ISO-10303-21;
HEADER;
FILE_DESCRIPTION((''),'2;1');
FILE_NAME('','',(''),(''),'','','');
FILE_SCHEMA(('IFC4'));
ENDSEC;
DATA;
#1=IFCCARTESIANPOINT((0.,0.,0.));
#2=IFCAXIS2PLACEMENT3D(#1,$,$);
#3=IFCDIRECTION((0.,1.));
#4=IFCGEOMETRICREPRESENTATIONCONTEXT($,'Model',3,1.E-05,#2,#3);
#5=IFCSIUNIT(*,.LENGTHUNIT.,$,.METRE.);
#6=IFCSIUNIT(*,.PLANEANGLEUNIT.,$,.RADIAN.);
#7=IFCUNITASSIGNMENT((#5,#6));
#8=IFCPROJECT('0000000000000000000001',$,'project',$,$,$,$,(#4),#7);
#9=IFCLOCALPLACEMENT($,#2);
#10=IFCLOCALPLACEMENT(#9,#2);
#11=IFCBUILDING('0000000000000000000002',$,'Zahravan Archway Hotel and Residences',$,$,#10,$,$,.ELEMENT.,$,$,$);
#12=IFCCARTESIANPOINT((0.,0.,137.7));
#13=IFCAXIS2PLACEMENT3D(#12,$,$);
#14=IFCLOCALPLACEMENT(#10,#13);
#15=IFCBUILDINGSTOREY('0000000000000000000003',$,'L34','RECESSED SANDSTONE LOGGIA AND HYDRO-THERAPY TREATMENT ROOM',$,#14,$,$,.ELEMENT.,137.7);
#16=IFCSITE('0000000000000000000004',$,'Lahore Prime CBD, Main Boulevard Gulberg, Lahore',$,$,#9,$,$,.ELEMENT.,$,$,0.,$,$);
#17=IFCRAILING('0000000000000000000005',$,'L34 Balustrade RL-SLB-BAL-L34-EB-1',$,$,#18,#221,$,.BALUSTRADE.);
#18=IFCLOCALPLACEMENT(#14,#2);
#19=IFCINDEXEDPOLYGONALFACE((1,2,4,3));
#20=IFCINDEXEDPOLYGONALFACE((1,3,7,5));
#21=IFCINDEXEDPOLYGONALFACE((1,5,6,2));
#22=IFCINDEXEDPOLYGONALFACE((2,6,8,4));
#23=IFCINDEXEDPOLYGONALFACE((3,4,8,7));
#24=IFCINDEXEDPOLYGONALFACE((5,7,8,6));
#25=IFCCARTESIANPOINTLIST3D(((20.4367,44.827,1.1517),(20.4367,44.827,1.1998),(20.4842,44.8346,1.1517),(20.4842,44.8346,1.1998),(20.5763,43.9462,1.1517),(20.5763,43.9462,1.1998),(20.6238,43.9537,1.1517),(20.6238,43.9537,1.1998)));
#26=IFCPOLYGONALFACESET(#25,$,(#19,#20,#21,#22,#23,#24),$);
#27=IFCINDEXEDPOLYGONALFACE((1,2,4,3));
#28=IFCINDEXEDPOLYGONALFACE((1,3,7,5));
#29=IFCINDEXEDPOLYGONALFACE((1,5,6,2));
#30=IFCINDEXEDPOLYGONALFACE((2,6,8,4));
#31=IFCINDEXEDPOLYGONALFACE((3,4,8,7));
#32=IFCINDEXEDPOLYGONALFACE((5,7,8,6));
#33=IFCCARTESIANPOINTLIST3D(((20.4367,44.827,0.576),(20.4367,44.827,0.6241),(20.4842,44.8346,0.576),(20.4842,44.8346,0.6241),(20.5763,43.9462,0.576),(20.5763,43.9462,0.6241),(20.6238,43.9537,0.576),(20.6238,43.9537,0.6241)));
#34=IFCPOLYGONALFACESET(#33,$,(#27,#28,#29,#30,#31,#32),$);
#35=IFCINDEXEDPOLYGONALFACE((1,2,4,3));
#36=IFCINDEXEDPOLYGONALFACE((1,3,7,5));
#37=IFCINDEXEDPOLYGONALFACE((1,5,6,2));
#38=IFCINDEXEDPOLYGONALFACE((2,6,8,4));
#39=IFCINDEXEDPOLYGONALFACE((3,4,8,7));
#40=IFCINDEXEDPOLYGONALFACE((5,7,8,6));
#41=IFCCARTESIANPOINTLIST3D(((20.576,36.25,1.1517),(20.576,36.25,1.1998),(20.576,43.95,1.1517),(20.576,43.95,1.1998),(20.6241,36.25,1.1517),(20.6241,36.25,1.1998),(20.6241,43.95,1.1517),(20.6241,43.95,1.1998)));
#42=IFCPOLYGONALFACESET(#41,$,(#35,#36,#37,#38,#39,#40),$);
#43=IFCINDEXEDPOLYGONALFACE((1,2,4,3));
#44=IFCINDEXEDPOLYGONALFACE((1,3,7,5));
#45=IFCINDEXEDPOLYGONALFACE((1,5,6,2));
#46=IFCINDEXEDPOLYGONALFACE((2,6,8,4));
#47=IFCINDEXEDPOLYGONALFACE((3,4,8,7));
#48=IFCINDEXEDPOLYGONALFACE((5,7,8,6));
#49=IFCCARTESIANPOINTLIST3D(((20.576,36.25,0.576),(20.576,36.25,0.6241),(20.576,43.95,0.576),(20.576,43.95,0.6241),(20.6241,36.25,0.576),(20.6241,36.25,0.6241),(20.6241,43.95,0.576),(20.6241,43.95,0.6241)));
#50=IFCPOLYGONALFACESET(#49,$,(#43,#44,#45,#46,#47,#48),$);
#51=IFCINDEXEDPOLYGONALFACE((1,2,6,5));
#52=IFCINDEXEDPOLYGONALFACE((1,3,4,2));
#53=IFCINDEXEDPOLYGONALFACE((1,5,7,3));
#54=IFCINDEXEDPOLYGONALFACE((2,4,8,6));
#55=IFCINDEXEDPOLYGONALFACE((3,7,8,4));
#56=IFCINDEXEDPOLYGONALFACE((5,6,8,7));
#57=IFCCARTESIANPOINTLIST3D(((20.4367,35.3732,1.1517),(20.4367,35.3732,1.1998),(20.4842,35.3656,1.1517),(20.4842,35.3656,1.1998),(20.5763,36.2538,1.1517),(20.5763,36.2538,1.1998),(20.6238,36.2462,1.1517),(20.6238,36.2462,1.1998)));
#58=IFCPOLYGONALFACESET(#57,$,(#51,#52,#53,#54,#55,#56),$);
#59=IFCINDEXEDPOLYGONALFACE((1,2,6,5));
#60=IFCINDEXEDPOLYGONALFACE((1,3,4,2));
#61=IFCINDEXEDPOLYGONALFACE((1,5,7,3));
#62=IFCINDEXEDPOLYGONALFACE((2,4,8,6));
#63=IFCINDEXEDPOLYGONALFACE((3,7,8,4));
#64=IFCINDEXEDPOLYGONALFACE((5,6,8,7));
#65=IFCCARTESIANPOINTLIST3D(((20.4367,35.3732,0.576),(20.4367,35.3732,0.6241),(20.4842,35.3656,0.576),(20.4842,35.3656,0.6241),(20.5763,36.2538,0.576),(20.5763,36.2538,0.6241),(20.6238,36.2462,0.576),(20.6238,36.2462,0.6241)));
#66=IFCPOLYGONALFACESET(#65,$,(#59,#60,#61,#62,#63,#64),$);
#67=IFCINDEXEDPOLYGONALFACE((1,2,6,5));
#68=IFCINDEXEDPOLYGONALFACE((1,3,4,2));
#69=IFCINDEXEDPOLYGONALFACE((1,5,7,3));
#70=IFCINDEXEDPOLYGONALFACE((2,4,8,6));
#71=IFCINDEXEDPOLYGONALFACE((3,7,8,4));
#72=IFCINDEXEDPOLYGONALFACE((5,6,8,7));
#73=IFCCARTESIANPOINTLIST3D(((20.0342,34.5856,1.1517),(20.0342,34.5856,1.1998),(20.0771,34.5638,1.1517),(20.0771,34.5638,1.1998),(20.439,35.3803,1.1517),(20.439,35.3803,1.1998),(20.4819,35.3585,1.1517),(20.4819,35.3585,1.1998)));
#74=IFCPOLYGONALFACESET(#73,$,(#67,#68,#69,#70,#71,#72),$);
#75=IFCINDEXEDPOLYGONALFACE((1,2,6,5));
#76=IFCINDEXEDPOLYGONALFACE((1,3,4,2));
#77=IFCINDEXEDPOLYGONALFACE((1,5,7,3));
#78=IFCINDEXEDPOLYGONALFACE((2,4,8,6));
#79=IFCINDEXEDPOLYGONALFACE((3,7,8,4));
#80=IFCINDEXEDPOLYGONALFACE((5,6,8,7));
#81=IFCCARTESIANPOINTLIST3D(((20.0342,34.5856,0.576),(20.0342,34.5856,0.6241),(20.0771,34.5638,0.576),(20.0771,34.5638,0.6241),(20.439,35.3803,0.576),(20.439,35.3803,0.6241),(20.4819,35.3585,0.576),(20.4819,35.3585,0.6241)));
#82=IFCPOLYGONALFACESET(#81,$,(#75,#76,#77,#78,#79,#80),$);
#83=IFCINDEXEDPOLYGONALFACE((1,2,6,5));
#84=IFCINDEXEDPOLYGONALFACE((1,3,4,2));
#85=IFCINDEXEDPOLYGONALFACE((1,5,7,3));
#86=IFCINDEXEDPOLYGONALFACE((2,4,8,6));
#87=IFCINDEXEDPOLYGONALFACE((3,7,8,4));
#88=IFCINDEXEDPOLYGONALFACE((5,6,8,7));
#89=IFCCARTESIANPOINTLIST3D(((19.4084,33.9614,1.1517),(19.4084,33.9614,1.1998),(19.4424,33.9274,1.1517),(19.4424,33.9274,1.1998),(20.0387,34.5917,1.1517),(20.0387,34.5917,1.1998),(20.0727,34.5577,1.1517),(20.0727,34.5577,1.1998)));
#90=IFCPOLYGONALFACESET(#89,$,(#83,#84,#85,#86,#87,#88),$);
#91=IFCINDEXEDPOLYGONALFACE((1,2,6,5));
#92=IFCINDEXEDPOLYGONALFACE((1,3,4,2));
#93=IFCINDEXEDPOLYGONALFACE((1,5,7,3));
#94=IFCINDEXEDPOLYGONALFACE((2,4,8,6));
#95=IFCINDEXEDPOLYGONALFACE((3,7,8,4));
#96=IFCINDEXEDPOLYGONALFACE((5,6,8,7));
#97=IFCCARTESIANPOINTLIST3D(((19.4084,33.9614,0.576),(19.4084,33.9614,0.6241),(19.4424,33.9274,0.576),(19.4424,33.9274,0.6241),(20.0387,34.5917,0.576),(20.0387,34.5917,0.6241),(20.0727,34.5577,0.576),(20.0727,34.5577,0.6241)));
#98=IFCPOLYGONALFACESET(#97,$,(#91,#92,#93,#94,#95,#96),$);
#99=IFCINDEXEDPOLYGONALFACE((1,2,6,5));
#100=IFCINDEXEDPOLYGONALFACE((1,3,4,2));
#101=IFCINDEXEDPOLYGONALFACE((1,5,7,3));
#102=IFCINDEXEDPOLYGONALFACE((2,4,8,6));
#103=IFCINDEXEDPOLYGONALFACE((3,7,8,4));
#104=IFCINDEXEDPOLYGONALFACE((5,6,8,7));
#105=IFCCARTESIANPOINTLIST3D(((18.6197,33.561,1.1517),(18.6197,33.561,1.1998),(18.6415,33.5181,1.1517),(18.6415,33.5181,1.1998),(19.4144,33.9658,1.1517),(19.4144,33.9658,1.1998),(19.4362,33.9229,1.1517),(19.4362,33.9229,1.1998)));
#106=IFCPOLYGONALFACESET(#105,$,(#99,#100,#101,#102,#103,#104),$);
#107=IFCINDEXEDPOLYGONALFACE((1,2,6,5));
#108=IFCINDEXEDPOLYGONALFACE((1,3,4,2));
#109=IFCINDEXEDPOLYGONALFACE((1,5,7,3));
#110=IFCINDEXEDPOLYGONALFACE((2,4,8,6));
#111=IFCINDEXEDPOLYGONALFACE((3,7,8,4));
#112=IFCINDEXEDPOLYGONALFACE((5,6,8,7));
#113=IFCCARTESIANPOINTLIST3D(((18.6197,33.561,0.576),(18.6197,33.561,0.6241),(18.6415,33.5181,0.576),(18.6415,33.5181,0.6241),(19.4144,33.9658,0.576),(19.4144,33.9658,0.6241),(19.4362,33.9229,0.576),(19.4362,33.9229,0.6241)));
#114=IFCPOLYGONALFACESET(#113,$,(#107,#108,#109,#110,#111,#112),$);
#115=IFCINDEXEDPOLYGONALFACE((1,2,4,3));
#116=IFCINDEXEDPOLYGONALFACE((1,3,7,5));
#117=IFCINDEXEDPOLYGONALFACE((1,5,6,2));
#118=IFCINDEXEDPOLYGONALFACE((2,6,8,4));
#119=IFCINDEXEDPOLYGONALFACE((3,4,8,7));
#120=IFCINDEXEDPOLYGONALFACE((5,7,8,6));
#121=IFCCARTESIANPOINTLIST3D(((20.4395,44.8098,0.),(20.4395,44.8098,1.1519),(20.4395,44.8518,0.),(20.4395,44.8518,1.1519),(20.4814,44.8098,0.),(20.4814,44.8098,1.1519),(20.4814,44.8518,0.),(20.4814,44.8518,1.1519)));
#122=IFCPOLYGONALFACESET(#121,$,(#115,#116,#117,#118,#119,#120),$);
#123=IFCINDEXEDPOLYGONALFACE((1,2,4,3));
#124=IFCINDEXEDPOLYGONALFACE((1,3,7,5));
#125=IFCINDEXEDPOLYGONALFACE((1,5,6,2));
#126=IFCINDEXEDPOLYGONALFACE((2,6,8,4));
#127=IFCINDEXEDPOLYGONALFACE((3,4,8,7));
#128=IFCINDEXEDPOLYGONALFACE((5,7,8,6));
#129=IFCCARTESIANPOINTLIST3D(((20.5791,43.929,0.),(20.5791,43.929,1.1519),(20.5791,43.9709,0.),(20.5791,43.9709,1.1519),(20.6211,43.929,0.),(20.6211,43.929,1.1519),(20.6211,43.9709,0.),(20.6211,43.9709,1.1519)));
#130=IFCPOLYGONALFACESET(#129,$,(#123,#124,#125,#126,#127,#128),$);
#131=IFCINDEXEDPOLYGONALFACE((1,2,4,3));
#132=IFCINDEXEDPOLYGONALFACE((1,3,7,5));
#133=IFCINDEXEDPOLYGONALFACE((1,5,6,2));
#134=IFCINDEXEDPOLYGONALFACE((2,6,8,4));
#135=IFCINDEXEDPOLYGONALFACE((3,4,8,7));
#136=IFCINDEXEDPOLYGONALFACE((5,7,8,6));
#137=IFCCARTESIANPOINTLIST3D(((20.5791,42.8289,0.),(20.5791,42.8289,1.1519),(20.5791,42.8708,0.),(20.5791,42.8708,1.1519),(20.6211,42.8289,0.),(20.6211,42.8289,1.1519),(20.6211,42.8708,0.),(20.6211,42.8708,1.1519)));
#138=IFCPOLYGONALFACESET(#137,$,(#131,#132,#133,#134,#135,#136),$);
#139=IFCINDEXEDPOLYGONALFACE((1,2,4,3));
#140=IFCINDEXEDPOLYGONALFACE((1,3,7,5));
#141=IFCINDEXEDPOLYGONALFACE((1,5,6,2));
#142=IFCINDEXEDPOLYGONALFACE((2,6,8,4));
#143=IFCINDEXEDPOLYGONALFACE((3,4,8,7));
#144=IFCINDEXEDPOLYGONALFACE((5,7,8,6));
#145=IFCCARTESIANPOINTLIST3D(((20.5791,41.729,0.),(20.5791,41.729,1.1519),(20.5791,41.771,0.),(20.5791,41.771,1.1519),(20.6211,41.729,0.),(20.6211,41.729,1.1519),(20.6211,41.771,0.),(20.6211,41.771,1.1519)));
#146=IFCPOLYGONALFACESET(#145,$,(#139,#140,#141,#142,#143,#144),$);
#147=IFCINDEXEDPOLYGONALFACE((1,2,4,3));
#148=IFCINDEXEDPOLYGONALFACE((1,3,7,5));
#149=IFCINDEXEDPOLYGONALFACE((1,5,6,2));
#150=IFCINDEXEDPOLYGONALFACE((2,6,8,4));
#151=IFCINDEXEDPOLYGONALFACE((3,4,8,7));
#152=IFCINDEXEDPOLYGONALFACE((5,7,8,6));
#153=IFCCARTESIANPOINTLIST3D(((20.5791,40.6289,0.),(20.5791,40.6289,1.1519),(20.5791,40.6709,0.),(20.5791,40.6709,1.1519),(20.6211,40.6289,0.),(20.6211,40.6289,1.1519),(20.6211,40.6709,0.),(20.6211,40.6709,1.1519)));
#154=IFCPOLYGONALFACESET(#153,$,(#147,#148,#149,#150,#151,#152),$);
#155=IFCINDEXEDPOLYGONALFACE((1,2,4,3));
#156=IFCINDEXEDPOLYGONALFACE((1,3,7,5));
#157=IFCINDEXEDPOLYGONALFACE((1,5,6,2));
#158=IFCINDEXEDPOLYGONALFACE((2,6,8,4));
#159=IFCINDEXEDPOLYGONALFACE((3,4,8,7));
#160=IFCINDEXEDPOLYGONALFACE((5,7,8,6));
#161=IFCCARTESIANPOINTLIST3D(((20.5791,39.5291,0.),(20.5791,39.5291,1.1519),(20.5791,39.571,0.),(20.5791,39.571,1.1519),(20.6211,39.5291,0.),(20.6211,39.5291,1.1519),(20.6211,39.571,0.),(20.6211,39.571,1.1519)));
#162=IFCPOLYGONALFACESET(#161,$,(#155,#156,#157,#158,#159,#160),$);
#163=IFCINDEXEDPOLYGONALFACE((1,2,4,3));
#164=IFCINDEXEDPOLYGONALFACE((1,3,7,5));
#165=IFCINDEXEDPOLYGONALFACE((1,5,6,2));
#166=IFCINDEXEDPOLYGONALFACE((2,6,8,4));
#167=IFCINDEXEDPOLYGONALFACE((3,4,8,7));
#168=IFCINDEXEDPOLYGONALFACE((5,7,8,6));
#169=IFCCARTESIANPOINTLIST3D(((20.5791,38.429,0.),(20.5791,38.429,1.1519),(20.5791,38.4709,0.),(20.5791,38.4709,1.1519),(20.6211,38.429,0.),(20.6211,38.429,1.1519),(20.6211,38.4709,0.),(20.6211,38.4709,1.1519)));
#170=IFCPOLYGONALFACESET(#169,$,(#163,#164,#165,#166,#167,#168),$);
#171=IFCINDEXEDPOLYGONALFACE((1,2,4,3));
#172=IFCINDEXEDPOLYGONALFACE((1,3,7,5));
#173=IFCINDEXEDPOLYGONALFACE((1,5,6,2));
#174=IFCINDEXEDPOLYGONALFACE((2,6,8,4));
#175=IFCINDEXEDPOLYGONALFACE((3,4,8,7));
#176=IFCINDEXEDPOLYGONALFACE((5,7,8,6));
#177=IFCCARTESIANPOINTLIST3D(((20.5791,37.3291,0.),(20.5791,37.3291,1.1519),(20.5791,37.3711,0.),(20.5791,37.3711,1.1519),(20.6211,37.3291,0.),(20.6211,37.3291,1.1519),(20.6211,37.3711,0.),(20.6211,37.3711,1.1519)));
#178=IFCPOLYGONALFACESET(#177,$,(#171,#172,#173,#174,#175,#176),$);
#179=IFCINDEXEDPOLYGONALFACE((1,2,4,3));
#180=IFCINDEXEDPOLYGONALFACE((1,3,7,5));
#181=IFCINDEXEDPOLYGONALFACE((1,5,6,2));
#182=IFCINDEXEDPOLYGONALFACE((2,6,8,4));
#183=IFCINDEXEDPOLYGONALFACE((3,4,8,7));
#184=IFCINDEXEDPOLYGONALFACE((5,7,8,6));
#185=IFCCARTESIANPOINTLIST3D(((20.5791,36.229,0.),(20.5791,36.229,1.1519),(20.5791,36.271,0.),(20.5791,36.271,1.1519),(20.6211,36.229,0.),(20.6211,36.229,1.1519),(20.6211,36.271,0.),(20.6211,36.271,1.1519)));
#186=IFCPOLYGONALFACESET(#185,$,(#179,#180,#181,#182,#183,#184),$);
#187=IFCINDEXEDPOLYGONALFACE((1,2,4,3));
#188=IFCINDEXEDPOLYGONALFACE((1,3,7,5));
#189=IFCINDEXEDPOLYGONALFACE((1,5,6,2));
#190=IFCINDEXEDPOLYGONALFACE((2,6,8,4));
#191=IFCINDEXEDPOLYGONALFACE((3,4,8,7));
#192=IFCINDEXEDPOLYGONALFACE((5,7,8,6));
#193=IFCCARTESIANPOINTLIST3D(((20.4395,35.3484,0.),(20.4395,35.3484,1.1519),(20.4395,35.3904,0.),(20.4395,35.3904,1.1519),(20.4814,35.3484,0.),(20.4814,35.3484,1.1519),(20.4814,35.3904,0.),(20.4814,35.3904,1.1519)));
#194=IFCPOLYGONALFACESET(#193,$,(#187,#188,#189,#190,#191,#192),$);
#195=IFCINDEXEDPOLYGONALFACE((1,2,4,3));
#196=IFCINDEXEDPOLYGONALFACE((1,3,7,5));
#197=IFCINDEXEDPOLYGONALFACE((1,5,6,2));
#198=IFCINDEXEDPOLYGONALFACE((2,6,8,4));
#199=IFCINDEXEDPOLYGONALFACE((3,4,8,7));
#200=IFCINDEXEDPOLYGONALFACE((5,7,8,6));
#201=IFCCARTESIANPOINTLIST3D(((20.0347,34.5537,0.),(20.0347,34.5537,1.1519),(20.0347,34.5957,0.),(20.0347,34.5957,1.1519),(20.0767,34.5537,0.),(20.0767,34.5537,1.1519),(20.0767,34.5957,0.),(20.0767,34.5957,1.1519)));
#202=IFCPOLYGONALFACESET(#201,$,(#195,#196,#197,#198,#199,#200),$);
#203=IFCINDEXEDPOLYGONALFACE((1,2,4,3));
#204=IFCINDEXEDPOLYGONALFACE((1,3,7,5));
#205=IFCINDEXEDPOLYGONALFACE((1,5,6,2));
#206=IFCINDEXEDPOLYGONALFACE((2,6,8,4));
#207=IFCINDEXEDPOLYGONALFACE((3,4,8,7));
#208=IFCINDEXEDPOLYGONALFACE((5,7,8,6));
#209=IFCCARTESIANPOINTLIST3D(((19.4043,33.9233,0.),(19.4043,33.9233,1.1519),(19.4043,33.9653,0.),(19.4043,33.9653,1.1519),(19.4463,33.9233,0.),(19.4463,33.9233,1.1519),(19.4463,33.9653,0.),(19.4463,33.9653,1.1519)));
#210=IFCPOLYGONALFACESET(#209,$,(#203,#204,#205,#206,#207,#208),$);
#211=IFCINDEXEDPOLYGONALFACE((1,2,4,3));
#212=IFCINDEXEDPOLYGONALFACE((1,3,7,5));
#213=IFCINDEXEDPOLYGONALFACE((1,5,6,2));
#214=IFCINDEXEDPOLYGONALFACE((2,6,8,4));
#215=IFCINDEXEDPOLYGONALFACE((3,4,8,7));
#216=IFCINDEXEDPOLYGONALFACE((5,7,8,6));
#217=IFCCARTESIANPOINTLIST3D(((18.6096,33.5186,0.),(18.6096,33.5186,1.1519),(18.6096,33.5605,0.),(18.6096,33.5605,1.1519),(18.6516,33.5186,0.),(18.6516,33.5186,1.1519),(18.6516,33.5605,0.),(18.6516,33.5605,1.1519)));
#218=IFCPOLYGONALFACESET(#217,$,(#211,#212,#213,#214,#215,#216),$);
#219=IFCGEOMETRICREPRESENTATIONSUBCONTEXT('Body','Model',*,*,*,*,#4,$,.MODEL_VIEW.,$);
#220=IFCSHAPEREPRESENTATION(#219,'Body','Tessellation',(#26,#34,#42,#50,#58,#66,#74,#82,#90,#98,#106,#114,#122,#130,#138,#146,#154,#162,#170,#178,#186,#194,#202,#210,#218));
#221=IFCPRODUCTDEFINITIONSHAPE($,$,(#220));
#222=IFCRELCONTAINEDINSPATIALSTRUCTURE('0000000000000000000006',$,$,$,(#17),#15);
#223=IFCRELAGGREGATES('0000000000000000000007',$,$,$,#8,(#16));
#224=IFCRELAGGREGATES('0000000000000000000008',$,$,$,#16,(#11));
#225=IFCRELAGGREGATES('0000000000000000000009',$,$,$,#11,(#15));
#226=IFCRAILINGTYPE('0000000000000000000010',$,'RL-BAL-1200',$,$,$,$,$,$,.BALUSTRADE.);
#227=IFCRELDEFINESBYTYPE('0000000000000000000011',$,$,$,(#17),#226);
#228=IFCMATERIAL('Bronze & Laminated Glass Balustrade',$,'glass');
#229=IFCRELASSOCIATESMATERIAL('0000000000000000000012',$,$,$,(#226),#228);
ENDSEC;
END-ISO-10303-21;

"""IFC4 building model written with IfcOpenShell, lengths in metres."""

from ifc_helpers import new_model, si_unit, direction, frame, origin, origin_2d, place, context, subcontext, project, spatial, rectangle, extrude, material, type_object, element, save


model = new_model("IFC4")

# Units and contexts
model_context = context("Model", 3, precision=1e-05, world=origin(), true_north=direction((0.0, 1.0)))
body_context = subcontext(model_context, "Body", "Model", "MODEL_VIEW")
ifc_project = project(units=[si_unit("LENGTHUNIT", "METRE"), si_unit("PLANEANGLEUNIT", "RADIAN")], contexts=[model_context])

# Site, building, storey
site_placement = place(None, origin())
site = spatial("IfcSite", under=ifc_project, at=site_placement, Name="Lahore Prime CBD, Main Boulevard Gulberg, Lahore", CompositionType="ELEMENT", RefElevation=0.0)
building_placement = place(site_placement, origin())
building = spatial("IfcBuilding", under=site, at=building_placement, Name="Zahravan Archway Hotel and Residences", CompositionType="ELEMENT")
storey_placement = place(building_placement, frame((0.0, 0.0, 137.7)))
storey = spatial("IfcBuildingStorey", under=building, at=storey_placement, Name="L34", Description="RECESSED SANDSTONE LOGGIA AND HYDRO-THERAPY TREATMENT ROOM", CompositionType="ELEMENT", Elevation=137.7)

# Railing
ifc_material_1 = material(Name="Bronze & Laminated Glass Balustrade", Category="glass")
railing_type = type_object("IfcRailingType", Name="RL-BAL-1200", PredefinedType="BALUSTRADE", material=ifc_material_1)
railing_placement = place(storey_placement, frame((20.4604, 44.8308, 0.0)))
element("IfcRailing", 1, at=railing_placement, inside=storey, type_object=railing_type, Name="L34 Balustrade RL-SLB-BAL-L34-EB-1", PredefinedType="BALUSTRADE", context=body_context, shape_type="SweptSolid", body=[
    extrude(rectangle(XDim=0.0481, YDim=0.0481, at=origin_2d()), frame((0.0, 0.0, 1.1758), z_axis=(0.156581, -0.987665, 0.0), x_axis=(0.987665, 0.156581, 0.0)), (0.0, 0.0, 1.0), 0.8918),
    extrude(rectangle(XDim=0.0481, YDim=0.0481, at=origin_2d()), frame((0.0, 0.0, 0.6001), z_axis=(0.156581, -0.987665, 0.0), x_axis=(0.987665, 0.156581, 0.0)), (0.0, 0.0, 1.0), 0.8918),
    extrude(rectangle(XDim=0.0481, YDim=0.0481, at=origin_2d()), frame((0.1396, -0.8809, 1.1758), z_axis=(0.0, -1.0, 0.0), x_axis=(1.0, 0.0, 0.0)), (0.0, 0.0, 1.0), 7.7),
    extrude(rectangle(XDim=0.0481, YDim=0.0481, at=origin_2d()), frame((0.1396, -0.8809, 0.6001), z_axis=(0.0, -1.0, 0.0), x_axis=(1.0, 0.0, 0.0)), (0.0, 0.0, 1.0), 7.7),
    extrude(rectangle(XDim=0.0481, YDim=0.0481, at=origin_2d()), frame((0.1396, -8.5808, 1.1758), z_axis=(-0.156623, -0.987658, 0.0), x_axis=(0.987658, -0.156623, 0.0)), (0.0, 0.0, 1.0), 0.8916),
    extrude(rectangle(XDim=0.0481, YDim=0.0481, at=origin_2d()), frame((0.1396, -8.5808, 0.6001), z_axis=(-0.156623, -0.987658, 0.0), x_axis=(0.987658, -0.156623, 0.0)), (0.0, 0.0, 1.0), 0.8916),
    extrude(rectangle(XDim=0.0481, YDim=0.0481, at=origin_2d()), frame((0.0, -9.4614, 1.1758), z_axis=(-0.453881, -0.891062, 0.0), x_axis=(0.891062, -0.453881, 0.0)), (0.0, 0.0, 1.0), 0.8918),
    extrude(rectangle(XDim=0.0481, YDim=0.0481, at=origin_2d()), frame((0.0, -9.4614, 0.6001), z_axis=(-0.453881, -0.891062, 0.0), x_axis=(0.891062, -0.453881, 0.0)), (0.0, 0.0, 1.0), 0.8918),
    extrude(rectangle(XDim=0.0481, YDim=0.0481, at=origin_2d()), frame((-0.4048, -10.2561, 1.1758), z_axis=(-0.707107, -0.707107, 0.0), x_axis=(0.707107, -0.707107, 0.0)), (0.0, 0.0, 1.0), 0.8914),
    extrude(rectangle(XDim=0.0481, YDim=0.0481, at=origin_2d()), frame((-0.4048, -10.2561, 0.6001), z_axis=(-0.707107, -0.707107, 0.0), x_axis=(0.707107, -0.707107, 0.0)), (0.0, 0.0, 1.0), 0.8914),
    extrude(rectangle(XDim=0.0481, YDim=0.0481, at=origin_2d()), frame((-1.0352, -10.8865, 1.1758), z_axis=(-0.891062, -0.453881, 0.0), x_axis=(0.453881, -0.891062, 0.0)), (0.0, 0.0, 1.0), 0.8918),
    extrude(rectangle(XDim=0.0481, YDim=0.0481, at=origin_2d()), frame((-1.0352, -10.8865, 0.6001), z_axis=(-0.891062, -0.453881, 0.0), x_axis=(0.453881, -0.891062, 0.0)), (0.0, 0.0, 1.0), 0.8918),
    extrude(rectangle(XDim=0.042, YDim=0.042, at=origin_2d()), origin(), (0.0, 0.0, 1.0), 1.1519),
    extrude(rectangle(XDim=0.042, YDim=0.042, at=origin_2d()), frame((0.1396, -0.8809, 0.0)), (0.0, 0.0, 1.0), 1.1519),
    extrude(rectangle(XDim=0.042, YDim=0.042, at=origin_2d()), frame((0.1396, -1.981, 0.0)), (0.0, 0.0, 1.0), 1.1519),
    extrude(rectangle(XDim=0.042, YDim=0.042, at=origin_2d()), frame((0.1396, -3.0808, 0.0)), (0.0, 0.0, 1.0), 1.1519),
    extrude(rectangle(XDim=0.042, YDim=0.042, at=origin_2d()), frame((0.1396, -4.1809, 0.0)), (0.0, 0.0, 1.0), 1.1519),
    extrude(rectangle(XDim=0.042, YDim=0.042, at=origin_2d()), frame((0.1396, -5.2808, 0.0)), (0.0, 0.0, 1.0), 1.1519),
    extrude(rectangle(XDim=0.042, YDim=0.042, at=origin_2d()), frame((0.1396, -6.3809, 0.0)), (0.0, 0.0, 1.0), 1.1519),
    extrude(rectangle(XDim=0.042, YDim=0.042, at=origin_2d()), frame((0.1396, -7.4807, 0.0)), (0.0, 0.0, 1.0), 1.1519),
    extrude(rectangle(XDim=0.042, YDim=0.042, at=origin_2d()), frame((0.1396, -8.5808, 0.0)), (0.0, 0.0, 1.0), 1.1519),
    extrude(rectangle(XDim=0.042, YDim=0.042, at=origin_2d()), frame((0.0, -9.4614, 0.0)), (0.0, 0.0, 1.0), 1.1519),
    extrude(rectangle(XDim=0.042, YDim=0.042, at=origin_2d()), frame((-0.4048, -10.2561, 0.0)), (0.0, 0.0, 1.0), 1.1519),
    extrude(rectangle(XDim=0.042, YDim=0.042, at=origin_2d()), frame((-1.0352, -10.8865, 0.0)), (0.0, 0.0, 1.0), 1.1519),
    extrude(rectangle(XDim=0.042, YDim=0.042, at=origin_2d()), frame((-1.8298, -11.2913, 0.0)), (0.0, 0.0, 1.0), 1.1519),
])

save(model, "model.ifc")
